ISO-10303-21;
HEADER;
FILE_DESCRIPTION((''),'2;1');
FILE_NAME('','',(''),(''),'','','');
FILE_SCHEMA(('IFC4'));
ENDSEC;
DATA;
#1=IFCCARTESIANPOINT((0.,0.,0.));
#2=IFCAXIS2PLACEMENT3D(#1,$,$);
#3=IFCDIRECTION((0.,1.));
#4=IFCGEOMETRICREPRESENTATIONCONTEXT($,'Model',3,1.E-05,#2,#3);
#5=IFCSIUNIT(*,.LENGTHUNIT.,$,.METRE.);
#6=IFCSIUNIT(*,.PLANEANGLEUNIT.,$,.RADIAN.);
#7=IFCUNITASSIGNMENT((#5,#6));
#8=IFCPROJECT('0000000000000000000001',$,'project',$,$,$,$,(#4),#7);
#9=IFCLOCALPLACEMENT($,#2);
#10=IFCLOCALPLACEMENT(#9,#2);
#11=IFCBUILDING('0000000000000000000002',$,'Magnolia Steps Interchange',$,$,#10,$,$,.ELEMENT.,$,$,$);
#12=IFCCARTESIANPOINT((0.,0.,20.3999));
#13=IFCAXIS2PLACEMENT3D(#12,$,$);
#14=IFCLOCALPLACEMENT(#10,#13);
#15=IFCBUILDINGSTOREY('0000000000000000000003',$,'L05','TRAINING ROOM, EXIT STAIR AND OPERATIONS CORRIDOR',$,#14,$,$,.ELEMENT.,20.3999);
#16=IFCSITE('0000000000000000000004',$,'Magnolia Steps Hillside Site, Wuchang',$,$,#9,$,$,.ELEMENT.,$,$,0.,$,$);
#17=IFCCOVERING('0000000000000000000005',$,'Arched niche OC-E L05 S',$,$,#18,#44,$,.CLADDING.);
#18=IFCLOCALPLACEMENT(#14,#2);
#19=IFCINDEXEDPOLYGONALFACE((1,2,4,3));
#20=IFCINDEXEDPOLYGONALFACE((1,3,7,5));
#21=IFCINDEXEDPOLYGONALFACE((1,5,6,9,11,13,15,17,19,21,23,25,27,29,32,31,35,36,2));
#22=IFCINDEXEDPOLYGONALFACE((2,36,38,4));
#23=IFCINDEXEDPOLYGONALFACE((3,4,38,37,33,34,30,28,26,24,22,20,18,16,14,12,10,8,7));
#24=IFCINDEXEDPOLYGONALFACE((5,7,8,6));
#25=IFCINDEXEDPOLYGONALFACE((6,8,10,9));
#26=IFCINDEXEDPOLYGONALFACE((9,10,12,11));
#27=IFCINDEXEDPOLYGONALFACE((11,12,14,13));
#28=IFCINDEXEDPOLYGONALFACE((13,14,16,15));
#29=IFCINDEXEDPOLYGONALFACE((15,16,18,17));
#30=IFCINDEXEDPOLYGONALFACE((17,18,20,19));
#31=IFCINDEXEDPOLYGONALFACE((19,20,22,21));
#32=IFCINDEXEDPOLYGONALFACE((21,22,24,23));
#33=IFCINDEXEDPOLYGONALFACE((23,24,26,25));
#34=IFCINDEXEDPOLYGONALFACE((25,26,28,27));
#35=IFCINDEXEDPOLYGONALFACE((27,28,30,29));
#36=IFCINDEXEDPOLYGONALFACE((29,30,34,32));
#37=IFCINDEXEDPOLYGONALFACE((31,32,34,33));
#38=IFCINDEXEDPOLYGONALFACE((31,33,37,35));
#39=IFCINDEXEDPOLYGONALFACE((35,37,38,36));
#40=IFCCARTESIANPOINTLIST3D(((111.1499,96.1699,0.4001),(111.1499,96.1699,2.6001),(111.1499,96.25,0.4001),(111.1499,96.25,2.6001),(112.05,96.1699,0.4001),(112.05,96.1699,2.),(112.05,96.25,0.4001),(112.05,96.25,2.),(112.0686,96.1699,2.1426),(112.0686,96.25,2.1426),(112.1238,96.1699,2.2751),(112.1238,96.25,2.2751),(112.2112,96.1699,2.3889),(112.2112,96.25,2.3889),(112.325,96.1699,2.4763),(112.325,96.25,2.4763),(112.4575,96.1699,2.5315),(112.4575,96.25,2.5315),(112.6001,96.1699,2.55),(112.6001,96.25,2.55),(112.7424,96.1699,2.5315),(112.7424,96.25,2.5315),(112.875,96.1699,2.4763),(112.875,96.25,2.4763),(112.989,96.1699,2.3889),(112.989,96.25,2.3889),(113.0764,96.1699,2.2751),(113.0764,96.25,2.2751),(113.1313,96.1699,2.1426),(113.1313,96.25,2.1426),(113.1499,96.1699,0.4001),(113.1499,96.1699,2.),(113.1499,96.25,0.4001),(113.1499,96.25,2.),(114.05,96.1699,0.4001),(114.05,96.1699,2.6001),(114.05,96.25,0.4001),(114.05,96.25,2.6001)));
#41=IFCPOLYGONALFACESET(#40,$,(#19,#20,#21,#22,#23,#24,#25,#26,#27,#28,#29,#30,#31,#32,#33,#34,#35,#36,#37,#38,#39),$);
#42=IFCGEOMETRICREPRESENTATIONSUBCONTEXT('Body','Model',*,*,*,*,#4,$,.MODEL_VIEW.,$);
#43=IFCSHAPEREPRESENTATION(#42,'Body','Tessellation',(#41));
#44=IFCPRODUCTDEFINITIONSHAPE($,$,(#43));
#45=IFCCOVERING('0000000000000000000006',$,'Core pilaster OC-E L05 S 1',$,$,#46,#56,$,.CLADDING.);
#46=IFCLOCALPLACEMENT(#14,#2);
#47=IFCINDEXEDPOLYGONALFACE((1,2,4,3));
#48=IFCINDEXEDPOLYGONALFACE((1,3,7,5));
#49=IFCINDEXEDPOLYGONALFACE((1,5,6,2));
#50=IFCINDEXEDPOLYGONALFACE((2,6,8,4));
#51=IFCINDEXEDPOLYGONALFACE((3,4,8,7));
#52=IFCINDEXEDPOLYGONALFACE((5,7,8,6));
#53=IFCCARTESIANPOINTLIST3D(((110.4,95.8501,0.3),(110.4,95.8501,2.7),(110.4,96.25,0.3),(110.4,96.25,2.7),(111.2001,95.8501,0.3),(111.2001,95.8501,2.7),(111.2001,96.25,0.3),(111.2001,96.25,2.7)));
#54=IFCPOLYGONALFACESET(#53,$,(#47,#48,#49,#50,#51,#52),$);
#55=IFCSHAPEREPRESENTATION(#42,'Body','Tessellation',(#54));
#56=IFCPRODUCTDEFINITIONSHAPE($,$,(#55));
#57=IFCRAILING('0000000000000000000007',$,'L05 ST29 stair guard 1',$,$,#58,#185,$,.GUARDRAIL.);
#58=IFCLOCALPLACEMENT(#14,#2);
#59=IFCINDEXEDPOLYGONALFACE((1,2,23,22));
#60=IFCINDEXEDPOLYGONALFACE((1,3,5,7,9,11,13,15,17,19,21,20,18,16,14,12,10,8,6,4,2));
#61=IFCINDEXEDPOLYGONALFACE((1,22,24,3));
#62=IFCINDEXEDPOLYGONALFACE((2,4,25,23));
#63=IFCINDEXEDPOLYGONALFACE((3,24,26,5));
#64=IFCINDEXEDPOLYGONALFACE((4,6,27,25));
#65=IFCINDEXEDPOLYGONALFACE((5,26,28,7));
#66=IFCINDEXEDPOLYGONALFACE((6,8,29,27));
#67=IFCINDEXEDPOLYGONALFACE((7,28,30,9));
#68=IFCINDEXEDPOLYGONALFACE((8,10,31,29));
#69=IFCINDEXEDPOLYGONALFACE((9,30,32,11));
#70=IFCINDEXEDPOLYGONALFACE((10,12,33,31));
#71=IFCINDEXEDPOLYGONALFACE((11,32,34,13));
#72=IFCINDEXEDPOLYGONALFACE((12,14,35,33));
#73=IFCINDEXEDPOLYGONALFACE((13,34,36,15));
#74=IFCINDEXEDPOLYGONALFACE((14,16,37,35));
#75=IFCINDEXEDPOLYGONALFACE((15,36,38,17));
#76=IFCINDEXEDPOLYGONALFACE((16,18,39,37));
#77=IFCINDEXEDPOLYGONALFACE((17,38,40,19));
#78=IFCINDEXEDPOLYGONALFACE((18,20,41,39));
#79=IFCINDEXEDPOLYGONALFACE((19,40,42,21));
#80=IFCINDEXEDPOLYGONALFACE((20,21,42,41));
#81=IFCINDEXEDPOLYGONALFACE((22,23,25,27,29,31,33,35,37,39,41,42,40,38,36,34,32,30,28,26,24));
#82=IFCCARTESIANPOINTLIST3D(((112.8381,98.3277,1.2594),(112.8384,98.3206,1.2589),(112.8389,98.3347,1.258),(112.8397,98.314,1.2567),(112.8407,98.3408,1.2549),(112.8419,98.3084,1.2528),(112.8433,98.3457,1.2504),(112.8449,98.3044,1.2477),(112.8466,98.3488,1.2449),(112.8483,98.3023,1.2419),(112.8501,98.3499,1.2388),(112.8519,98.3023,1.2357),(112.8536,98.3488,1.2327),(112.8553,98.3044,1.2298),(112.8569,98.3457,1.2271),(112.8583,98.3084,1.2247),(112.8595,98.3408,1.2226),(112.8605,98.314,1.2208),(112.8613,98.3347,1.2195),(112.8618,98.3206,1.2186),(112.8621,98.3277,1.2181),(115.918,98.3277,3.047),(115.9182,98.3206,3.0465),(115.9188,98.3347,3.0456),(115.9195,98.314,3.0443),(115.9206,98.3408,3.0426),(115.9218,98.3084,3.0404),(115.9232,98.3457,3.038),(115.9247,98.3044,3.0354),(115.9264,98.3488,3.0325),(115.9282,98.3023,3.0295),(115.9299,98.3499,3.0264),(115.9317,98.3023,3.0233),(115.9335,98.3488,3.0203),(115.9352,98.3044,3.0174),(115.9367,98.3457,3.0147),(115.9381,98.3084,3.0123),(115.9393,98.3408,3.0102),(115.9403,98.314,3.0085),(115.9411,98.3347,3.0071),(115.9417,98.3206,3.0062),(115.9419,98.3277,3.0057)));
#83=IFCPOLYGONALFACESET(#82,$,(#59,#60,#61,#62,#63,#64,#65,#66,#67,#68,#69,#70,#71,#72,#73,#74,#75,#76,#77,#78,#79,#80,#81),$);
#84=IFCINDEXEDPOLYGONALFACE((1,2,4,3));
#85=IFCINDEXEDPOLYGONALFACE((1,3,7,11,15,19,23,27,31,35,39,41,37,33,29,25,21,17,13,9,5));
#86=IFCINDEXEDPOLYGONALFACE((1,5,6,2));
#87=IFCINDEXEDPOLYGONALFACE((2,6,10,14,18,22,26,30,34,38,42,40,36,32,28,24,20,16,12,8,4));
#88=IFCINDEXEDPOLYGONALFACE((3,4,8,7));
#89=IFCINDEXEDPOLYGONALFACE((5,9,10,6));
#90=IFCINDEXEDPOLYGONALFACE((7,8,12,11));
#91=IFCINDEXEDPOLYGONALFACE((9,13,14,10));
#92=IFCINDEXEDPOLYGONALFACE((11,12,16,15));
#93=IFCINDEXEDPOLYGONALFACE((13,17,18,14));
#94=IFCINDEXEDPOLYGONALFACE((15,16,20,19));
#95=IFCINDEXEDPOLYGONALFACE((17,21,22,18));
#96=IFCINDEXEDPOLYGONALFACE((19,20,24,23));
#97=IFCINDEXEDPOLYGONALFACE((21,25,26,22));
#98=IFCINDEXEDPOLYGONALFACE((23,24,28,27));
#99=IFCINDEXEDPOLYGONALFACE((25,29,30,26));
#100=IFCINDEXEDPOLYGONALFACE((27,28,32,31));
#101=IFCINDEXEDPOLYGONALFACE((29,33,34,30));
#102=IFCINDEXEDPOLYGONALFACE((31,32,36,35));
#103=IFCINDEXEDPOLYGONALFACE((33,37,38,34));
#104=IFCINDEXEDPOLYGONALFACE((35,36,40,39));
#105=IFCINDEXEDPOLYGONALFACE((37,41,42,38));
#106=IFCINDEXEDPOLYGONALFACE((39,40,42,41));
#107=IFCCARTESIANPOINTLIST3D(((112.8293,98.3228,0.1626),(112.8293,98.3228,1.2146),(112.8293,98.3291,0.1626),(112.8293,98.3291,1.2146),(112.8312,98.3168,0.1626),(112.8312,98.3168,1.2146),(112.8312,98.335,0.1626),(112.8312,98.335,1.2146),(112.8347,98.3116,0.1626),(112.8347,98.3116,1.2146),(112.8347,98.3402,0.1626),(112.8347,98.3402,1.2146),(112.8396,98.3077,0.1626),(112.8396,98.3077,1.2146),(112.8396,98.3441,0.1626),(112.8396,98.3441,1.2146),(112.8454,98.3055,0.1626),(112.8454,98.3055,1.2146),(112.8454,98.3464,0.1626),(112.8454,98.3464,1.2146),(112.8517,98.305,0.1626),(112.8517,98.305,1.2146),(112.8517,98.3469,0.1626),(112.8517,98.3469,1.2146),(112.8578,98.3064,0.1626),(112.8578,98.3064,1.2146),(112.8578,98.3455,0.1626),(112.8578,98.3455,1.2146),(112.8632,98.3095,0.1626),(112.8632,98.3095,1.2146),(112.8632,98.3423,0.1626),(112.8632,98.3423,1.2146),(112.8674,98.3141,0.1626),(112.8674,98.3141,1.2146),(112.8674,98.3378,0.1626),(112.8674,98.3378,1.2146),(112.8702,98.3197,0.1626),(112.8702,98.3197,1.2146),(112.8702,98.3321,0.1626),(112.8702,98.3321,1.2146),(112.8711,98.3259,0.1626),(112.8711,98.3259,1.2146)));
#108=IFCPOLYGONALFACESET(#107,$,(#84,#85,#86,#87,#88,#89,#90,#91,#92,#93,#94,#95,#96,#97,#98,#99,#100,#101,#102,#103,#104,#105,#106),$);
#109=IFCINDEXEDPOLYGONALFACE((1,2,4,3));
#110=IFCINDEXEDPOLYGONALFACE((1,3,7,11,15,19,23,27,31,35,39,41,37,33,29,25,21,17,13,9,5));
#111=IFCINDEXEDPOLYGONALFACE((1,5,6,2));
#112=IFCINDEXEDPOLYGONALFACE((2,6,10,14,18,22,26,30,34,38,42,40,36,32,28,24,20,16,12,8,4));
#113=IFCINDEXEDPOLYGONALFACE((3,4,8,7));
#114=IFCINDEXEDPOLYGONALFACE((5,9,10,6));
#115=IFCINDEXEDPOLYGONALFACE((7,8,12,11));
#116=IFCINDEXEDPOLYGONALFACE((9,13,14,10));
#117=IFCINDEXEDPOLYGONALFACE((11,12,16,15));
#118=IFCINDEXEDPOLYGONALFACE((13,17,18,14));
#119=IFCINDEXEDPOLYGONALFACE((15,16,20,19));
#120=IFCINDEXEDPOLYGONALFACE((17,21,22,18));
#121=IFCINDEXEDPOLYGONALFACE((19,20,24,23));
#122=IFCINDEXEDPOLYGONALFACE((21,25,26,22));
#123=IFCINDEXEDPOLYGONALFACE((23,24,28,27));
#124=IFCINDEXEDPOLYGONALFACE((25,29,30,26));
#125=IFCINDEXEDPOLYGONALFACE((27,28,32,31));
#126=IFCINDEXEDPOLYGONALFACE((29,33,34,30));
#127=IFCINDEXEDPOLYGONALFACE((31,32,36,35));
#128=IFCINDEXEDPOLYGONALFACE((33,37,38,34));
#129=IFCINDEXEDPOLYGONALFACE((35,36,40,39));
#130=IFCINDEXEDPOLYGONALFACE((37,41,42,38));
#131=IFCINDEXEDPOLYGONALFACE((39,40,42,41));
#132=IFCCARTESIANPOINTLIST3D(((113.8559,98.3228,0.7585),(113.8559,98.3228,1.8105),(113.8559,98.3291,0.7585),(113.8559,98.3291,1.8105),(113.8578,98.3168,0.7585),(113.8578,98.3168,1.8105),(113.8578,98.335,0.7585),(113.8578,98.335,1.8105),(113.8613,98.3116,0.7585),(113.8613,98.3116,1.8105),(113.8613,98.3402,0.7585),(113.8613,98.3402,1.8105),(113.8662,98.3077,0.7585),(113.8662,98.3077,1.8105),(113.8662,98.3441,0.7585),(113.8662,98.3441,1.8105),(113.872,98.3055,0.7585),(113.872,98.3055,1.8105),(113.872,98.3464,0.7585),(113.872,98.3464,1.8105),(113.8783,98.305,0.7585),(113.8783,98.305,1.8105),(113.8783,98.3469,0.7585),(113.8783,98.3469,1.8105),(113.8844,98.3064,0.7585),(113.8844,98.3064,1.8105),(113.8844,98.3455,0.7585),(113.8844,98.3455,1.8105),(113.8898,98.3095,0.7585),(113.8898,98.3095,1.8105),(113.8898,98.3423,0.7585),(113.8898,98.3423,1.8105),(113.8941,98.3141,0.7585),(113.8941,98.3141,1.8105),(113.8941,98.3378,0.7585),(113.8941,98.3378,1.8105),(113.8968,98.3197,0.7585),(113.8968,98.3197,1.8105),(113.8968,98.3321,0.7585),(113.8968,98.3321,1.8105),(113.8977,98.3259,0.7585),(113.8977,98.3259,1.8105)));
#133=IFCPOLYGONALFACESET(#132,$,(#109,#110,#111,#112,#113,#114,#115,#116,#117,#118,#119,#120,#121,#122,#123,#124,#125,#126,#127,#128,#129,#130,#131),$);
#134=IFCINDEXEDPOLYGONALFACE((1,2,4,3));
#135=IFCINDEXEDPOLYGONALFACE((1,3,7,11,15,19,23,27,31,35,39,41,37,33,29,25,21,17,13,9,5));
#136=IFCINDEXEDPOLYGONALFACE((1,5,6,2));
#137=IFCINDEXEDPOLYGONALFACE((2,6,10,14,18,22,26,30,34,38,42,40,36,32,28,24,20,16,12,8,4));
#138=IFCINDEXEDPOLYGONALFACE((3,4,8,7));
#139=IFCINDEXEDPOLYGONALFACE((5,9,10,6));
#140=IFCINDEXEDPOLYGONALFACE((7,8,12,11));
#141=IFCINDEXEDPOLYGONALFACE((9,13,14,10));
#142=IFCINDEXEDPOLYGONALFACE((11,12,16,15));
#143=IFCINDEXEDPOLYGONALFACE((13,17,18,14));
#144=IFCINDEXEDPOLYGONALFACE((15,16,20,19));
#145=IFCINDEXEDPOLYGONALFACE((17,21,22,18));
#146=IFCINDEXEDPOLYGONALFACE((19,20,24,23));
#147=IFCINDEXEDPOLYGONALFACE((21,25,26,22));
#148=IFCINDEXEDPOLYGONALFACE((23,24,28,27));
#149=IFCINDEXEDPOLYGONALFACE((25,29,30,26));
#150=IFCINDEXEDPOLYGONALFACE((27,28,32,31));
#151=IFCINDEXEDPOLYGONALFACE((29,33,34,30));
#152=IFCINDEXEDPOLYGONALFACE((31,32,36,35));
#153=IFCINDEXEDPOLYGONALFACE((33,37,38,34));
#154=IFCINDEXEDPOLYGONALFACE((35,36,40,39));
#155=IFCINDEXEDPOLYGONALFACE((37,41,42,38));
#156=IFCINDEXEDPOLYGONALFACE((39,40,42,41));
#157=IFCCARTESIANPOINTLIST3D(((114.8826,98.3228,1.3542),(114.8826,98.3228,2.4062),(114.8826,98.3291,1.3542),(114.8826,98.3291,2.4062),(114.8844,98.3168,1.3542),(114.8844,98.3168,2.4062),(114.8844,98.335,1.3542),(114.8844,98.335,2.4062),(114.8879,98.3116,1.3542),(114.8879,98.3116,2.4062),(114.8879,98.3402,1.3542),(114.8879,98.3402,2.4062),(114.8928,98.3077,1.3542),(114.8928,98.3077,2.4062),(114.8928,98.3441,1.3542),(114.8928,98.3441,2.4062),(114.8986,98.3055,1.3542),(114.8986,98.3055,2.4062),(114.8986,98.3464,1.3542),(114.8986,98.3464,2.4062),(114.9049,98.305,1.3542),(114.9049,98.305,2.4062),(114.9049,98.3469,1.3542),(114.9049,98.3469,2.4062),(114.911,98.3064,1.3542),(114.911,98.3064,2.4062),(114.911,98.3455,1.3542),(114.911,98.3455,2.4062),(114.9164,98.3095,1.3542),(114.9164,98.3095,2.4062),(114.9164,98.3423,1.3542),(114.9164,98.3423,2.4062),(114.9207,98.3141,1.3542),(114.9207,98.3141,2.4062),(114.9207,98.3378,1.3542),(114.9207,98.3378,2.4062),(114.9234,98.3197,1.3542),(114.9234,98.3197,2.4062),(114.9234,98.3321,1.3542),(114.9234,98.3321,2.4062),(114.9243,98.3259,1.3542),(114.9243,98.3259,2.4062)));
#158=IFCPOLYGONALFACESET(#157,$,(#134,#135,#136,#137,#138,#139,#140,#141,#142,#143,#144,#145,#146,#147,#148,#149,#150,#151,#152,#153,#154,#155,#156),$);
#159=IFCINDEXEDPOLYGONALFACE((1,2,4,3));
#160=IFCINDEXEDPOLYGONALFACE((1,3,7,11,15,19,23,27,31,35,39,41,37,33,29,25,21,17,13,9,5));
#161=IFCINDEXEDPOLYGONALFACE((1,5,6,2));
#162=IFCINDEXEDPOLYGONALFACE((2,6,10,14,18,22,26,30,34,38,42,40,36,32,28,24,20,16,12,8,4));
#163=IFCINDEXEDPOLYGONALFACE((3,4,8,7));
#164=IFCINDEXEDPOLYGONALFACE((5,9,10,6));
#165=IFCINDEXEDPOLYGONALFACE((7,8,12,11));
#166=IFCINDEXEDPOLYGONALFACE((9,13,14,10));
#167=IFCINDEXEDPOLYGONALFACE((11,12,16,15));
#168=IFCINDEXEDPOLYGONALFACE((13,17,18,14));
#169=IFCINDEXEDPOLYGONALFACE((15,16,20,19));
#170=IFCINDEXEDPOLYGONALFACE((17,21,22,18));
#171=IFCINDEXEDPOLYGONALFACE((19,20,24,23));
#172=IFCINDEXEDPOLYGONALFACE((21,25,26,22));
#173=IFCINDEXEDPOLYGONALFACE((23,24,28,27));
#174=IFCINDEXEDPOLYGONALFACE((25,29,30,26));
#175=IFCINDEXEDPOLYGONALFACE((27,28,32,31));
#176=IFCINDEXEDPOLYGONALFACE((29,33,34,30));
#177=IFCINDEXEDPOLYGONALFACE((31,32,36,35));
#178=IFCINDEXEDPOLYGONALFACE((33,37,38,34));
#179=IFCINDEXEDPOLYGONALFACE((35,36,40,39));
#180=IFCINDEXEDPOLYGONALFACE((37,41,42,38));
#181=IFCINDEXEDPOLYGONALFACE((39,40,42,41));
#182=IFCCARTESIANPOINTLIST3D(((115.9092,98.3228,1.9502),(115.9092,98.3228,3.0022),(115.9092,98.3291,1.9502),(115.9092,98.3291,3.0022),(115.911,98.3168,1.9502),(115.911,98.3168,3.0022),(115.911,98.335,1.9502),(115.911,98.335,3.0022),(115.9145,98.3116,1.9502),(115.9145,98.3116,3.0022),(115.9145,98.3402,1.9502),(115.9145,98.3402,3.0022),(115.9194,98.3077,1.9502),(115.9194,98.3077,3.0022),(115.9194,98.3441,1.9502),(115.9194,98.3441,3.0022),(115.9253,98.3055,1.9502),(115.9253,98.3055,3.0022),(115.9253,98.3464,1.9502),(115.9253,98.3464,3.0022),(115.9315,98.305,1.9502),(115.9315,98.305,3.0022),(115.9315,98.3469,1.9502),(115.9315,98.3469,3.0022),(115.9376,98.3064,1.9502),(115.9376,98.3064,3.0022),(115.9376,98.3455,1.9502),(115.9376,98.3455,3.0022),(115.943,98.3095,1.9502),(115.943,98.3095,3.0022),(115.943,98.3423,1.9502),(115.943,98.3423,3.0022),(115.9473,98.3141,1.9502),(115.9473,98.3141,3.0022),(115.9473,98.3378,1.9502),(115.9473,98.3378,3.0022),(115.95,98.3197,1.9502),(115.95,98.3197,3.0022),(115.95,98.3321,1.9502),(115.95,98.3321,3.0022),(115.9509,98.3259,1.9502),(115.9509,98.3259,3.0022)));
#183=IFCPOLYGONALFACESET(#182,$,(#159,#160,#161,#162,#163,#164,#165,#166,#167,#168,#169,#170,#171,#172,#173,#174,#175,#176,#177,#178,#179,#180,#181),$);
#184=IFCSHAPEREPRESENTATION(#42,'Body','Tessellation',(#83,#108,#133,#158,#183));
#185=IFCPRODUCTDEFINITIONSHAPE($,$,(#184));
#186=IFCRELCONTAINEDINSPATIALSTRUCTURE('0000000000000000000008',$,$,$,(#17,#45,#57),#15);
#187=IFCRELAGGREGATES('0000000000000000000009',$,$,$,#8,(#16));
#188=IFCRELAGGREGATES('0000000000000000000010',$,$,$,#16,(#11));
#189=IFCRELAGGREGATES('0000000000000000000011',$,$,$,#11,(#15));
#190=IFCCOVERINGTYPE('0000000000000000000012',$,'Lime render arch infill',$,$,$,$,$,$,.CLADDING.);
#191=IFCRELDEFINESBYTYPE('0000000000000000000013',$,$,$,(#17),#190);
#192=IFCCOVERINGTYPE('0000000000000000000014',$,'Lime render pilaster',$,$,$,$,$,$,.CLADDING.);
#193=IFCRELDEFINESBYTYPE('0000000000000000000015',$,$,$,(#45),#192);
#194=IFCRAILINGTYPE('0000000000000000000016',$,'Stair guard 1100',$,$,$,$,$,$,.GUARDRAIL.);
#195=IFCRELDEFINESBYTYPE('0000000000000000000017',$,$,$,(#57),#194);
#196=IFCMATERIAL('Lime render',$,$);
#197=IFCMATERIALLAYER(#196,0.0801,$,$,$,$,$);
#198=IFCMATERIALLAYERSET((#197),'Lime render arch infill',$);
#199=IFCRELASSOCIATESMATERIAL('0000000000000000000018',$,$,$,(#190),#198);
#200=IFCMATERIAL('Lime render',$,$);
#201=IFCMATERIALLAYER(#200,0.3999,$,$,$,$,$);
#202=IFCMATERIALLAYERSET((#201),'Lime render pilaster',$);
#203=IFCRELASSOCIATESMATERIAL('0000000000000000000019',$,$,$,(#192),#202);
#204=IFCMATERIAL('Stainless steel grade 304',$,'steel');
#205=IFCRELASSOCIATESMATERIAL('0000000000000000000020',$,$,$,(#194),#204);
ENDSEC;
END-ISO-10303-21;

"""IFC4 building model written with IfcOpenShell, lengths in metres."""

from ifc_helpers import new_model, si_unit, direction, frame, origin, origin_2d, place, context, subcontext, project, spatial, polyline, rectangle, circle, outline, extrude, material, layer, layer_set, type_object, element, save


model = new_model("IFC4")

# Units and contexts
model_context = context("Model", 3, precision=1e-05, world=origin(), true_north=direction((0.0, 1.0)))
body_context = subcontext(model_context, "Body", "Model", "MODEL_VIEW")
ifc_project = project(units=[si_unit("LENGTHUNIT", "METRE"), si_unit("PLANEANGLEUNIT", "RADIAN")], contexts=[model_context])

# Site, building, storey
site_placement = place(None, origin())
site = spatial("IfcSite", under=ifc_project, at=site_placement, Name="Magnolia Steps Hillside Site, Wuchang", CompositionType="ELEMENT", RefElevation=0.0)
building_placement = place(site_placement, origin())
building = spatial("IfcBuilding", under=site, at=building_placement, Name="Magnolia Steps Interchange", CompositionType="ELEMENT")
storey_placement = place(building_placement, frame((0.0, 0.0, 20.3999)))
storey = spatial("IfcBuildingStorey", under=building, at=storey_placement, Name="L05", Description="TRAINING ROOM, EXIT STAIR AND OPERATIONS CORRIDOR", CompositionType="ELEMENT", Elevation=20.3999)

# Coverings
ifc_material_1 = material(Name="Lime render")
ifc_layer_1 = layer(ifc_material_1, 0.0801)
ifc_layer_set_1 = layer_set([ifc_layer_1], Name="Lime render arch infill")
covering_type_1 = type_object("IfcCoveringType", Name="Lime render arch infill", PredefinedType="CLADDING", material=ifc_layer_set_1)
covering_1_placement = place(storey_placement, frame((111.1499, 96.25, 0.4001), z_axis=(0.0, 1.0, 0.0), x_axis=(0.0, 0.0, 1.0)))
element("IfcCovering", 1, at=covering_1_placement, inside=storey, type_object=covering_type_1, Name="Arched niche OC-E L05 S", PredefinedType="CLADDING", context=body_context, shape_type="SweptSolid", body=[
    extrude(outline(polyline([(0.0, 0.0), (2.2, 0.0), (2.2, 2.9001), (0.0, 2.9001), (0.0, 2.0), (1.5999, 2.0), (1.7424, 1.9814), (1.875, 1.9265), (1.9888, 1.8391), (2.0762, 1.7251), (2.1313, 1.5925), (2.1499, 1.4502), (2.1313, 1.3076), (2.0762, 1.175), (1.9888, 1.0613), (1.875, 0.9739), (1.7424, 0.9187), (1.5999, 0.9001), (0.0, 0.9001), (0.0, 0.0)])), origin(), (0.0, 0.0, -1.0), 0.0801),
])
ifc_material_2 = material(Name="Lime render")
ifc_layer_2 = layer(ifc_material_2, 0.3999)
ifc_layer_set_2 = layer_set([ifc_layer_2], Name="Lime render pilaster")
covering_type_2 = type_object("IfcCoveringType", Name="Lime render pilaster", PredefinedType="CLADDING", material=ifc_layer_set_2)
covering_2_placement = place(storey_placement, frame((110.8, 96.05, 0.3), z_axis=(0.0, 0.0, 1.0), x_axis=(1.0, 0.0, 0.0)))
element("IfcCovering", 2, at=covering_2_placement, inside=storey, type_object=covering_type_2, Name="Core pilaster OC-E L05 S 1", PredefinedType="CLADDING", context=body_context, shape_type="SweptSolid", body=[
    extrude(rectangle(XDim=0.8, YDim=0.3999, at=origin_2d()), origin(), (0.0, 0.0, 1.0), 2.3999),
])

# Railing
ifc_material_3 = material(Name="Stainless steel grade 304", Category="steel")
railing_type_1 = type_object("IfcRailingType", Name="Stair guard 1100", PredefinedType="GUARDRAIL", material=ifc_material_3)
railing_1_placement = place(storey_placement, frame((112.8501, 98.3259, 0.1626)))
element("IfcRailing", 3, at=railing_1_placement, inside=storey, type_object=railing_type_1, Name="L05 ST29 stair guard 1", PredefinedType="GUARDRAIL", context=body_context, shape_type="SweptSolid", body=[
    extrude(circle(Radius=0.0239, at=origin_2d()), frame((0.0, 0.0, 1.0762), z_axis=(0.864873, 0.0, 0.50199), x_axis=(0.0, 1.0, 0.0)), (0.0, 0.0, 1.0), 3.561),
    extrude(circle(Radius=0.021, at=origin_2d()), origin(), (0.0, 0.0, 1.0), 1.052),
    extrude(circle(Radius=0.021, at=origin_2d()), frame((1.0266, 0.0, 0.5959)), (0.0, 0.0, 1.0), 1.052),
    extrude(circle(Radius=0.021, at=origin_2d()), frame((2.0532, 0.0, 1.1917)), (0.0, 0.0, 1.0), 1.052),
    extrude(circle(Radius=0.021, at=origin_2d()), frame((3.0798, 0.0, 1.7876)), (0.0, 0.0, 1.0), 1.052),
])

save(model, "model.ifc")
